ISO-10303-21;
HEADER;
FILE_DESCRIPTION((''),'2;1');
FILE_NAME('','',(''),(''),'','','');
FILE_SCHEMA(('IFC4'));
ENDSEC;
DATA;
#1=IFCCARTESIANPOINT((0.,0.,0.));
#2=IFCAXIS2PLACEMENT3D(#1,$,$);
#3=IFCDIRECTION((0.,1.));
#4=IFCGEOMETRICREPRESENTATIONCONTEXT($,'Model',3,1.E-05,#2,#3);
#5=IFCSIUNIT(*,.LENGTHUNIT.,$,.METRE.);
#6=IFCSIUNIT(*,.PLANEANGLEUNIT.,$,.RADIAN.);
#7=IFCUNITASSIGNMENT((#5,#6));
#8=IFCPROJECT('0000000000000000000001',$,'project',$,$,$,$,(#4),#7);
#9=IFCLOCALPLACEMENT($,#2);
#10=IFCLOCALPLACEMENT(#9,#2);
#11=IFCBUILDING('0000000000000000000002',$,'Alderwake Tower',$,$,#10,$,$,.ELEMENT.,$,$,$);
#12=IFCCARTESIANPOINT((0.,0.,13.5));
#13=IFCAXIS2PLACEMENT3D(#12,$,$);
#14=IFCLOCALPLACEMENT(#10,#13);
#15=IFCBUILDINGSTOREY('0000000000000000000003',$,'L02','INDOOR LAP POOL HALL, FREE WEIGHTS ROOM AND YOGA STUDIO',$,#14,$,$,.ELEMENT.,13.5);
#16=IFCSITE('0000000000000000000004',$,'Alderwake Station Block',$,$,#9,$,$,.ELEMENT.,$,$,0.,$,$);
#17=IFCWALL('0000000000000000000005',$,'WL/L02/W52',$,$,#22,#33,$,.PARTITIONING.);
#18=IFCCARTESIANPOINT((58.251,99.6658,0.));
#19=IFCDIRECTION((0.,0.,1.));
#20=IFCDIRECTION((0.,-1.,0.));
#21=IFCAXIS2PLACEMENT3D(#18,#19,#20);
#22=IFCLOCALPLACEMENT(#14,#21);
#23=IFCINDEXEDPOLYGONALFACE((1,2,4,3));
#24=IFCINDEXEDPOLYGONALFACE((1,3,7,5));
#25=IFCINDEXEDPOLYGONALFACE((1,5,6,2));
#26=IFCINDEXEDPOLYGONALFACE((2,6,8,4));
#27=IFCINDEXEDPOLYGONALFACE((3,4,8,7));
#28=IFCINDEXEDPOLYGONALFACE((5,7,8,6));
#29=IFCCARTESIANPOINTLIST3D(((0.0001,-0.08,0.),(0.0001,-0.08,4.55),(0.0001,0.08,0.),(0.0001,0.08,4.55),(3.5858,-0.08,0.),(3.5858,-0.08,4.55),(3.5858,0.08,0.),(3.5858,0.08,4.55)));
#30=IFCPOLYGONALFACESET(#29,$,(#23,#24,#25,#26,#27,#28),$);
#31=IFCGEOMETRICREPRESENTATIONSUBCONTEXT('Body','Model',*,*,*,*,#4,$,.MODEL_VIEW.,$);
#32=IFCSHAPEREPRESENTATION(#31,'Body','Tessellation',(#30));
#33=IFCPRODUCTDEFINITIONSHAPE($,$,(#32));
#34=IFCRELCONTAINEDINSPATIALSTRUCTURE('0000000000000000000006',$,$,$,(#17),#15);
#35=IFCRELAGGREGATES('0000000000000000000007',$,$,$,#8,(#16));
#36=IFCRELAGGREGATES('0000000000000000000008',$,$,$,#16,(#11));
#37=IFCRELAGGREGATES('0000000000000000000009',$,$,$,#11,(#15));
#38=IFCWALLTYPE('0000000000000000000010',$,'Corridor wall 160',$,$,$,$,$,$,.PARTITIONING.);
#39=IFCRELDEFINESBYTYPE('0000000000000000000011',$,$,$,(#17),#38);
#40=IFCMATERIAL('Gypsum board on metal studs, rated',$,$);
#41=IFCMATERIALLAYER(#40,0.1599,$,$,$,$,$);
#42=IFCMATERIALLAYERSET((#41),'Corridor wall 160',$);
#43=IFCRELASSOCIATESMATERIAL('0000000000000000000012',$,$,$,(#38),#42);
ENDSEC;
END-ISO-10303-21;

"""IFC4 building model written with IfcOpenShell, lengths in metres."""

from ifc_helpers import new_model, si_unit, direction, frame, frame_2d, origin, place, context, subcontext, project, spatial, rectangle, extrude, material, layer, layer_set, type_object, element, save


model = new_model("IFC4")

# Units and contexts
model_context = context("Model", 3, precision=1e-05, world=origin(), true_north=direction((0.0, 1.0)))
body_context = subcontext(model_context, "Body", "Model", "MODEL_VIEW")
ifc_project = project(units=[si_unit("LENGTHUNIT", "METRE"), si_unit("PLANEANGLEUNIT", "RADIAN")], contexts=[model_context])

# Site, building, storey
site_placement = place(None, origin())
site = spatial("IfcSite", under=ifc_project, at=site_placement, Name="Alderwake Station Block", CompositionType="ELEMENT", RefElevation=0.0)
building_placement = place(site_placement, origin())
building = spatial("IfcBuilding", under=site, at=building_placement, Name="Alderwake Tower", CompositionType="ELEMENT")
storey_placement = place(building_placement, frame((0.0, 0.0, 13.5)))
storey = spatial("IfcBuildingStorey", under=building, at=storey_placement, Name="L02", Description="INDOOR LAP POOL HALL, FREE WEIGHTS ROOM AND YOGA STUDIO", CompositionType="ELEMENT", Elevation=13.5)

# Wall
ifc_material_1 = material(Name="Gypsum board on metal studs, rated")
ifc_layer_1 = layer(ifc_material_1, 0.1599)
ifc_layer_set_1 = layer_set([ifc_layer_1], Name="Corridor wall 160")
wall_type_1 = type_object("IfcWallType", Name="Corridor wall 160", PredefinedType="PARTITIONING", material=ifc_layer_set_1)
wall_1_placement = place(storey_placement, frame((58.251, 99.6658, 0.0), z_axis=(0.0, 0.0, 1.0), x_axis=(0.0, -1.0, 0.0)))
element("IfcWall", 1, at=wall_1_placement, inside=storey, type_object=wall_type_1, Name="WL/L02/W52", PredefinedType="PARTITIONING", context=body_context, shape_type="SweptSolid", body=[
    extrude(rectangle(XDim=3.5857, YDim=0.1599, at=frame_2d((1.793, 0.0))), origin(), (0.0, 0.0, 1.0), 4.55),
])

save(model, "model.ifc")
